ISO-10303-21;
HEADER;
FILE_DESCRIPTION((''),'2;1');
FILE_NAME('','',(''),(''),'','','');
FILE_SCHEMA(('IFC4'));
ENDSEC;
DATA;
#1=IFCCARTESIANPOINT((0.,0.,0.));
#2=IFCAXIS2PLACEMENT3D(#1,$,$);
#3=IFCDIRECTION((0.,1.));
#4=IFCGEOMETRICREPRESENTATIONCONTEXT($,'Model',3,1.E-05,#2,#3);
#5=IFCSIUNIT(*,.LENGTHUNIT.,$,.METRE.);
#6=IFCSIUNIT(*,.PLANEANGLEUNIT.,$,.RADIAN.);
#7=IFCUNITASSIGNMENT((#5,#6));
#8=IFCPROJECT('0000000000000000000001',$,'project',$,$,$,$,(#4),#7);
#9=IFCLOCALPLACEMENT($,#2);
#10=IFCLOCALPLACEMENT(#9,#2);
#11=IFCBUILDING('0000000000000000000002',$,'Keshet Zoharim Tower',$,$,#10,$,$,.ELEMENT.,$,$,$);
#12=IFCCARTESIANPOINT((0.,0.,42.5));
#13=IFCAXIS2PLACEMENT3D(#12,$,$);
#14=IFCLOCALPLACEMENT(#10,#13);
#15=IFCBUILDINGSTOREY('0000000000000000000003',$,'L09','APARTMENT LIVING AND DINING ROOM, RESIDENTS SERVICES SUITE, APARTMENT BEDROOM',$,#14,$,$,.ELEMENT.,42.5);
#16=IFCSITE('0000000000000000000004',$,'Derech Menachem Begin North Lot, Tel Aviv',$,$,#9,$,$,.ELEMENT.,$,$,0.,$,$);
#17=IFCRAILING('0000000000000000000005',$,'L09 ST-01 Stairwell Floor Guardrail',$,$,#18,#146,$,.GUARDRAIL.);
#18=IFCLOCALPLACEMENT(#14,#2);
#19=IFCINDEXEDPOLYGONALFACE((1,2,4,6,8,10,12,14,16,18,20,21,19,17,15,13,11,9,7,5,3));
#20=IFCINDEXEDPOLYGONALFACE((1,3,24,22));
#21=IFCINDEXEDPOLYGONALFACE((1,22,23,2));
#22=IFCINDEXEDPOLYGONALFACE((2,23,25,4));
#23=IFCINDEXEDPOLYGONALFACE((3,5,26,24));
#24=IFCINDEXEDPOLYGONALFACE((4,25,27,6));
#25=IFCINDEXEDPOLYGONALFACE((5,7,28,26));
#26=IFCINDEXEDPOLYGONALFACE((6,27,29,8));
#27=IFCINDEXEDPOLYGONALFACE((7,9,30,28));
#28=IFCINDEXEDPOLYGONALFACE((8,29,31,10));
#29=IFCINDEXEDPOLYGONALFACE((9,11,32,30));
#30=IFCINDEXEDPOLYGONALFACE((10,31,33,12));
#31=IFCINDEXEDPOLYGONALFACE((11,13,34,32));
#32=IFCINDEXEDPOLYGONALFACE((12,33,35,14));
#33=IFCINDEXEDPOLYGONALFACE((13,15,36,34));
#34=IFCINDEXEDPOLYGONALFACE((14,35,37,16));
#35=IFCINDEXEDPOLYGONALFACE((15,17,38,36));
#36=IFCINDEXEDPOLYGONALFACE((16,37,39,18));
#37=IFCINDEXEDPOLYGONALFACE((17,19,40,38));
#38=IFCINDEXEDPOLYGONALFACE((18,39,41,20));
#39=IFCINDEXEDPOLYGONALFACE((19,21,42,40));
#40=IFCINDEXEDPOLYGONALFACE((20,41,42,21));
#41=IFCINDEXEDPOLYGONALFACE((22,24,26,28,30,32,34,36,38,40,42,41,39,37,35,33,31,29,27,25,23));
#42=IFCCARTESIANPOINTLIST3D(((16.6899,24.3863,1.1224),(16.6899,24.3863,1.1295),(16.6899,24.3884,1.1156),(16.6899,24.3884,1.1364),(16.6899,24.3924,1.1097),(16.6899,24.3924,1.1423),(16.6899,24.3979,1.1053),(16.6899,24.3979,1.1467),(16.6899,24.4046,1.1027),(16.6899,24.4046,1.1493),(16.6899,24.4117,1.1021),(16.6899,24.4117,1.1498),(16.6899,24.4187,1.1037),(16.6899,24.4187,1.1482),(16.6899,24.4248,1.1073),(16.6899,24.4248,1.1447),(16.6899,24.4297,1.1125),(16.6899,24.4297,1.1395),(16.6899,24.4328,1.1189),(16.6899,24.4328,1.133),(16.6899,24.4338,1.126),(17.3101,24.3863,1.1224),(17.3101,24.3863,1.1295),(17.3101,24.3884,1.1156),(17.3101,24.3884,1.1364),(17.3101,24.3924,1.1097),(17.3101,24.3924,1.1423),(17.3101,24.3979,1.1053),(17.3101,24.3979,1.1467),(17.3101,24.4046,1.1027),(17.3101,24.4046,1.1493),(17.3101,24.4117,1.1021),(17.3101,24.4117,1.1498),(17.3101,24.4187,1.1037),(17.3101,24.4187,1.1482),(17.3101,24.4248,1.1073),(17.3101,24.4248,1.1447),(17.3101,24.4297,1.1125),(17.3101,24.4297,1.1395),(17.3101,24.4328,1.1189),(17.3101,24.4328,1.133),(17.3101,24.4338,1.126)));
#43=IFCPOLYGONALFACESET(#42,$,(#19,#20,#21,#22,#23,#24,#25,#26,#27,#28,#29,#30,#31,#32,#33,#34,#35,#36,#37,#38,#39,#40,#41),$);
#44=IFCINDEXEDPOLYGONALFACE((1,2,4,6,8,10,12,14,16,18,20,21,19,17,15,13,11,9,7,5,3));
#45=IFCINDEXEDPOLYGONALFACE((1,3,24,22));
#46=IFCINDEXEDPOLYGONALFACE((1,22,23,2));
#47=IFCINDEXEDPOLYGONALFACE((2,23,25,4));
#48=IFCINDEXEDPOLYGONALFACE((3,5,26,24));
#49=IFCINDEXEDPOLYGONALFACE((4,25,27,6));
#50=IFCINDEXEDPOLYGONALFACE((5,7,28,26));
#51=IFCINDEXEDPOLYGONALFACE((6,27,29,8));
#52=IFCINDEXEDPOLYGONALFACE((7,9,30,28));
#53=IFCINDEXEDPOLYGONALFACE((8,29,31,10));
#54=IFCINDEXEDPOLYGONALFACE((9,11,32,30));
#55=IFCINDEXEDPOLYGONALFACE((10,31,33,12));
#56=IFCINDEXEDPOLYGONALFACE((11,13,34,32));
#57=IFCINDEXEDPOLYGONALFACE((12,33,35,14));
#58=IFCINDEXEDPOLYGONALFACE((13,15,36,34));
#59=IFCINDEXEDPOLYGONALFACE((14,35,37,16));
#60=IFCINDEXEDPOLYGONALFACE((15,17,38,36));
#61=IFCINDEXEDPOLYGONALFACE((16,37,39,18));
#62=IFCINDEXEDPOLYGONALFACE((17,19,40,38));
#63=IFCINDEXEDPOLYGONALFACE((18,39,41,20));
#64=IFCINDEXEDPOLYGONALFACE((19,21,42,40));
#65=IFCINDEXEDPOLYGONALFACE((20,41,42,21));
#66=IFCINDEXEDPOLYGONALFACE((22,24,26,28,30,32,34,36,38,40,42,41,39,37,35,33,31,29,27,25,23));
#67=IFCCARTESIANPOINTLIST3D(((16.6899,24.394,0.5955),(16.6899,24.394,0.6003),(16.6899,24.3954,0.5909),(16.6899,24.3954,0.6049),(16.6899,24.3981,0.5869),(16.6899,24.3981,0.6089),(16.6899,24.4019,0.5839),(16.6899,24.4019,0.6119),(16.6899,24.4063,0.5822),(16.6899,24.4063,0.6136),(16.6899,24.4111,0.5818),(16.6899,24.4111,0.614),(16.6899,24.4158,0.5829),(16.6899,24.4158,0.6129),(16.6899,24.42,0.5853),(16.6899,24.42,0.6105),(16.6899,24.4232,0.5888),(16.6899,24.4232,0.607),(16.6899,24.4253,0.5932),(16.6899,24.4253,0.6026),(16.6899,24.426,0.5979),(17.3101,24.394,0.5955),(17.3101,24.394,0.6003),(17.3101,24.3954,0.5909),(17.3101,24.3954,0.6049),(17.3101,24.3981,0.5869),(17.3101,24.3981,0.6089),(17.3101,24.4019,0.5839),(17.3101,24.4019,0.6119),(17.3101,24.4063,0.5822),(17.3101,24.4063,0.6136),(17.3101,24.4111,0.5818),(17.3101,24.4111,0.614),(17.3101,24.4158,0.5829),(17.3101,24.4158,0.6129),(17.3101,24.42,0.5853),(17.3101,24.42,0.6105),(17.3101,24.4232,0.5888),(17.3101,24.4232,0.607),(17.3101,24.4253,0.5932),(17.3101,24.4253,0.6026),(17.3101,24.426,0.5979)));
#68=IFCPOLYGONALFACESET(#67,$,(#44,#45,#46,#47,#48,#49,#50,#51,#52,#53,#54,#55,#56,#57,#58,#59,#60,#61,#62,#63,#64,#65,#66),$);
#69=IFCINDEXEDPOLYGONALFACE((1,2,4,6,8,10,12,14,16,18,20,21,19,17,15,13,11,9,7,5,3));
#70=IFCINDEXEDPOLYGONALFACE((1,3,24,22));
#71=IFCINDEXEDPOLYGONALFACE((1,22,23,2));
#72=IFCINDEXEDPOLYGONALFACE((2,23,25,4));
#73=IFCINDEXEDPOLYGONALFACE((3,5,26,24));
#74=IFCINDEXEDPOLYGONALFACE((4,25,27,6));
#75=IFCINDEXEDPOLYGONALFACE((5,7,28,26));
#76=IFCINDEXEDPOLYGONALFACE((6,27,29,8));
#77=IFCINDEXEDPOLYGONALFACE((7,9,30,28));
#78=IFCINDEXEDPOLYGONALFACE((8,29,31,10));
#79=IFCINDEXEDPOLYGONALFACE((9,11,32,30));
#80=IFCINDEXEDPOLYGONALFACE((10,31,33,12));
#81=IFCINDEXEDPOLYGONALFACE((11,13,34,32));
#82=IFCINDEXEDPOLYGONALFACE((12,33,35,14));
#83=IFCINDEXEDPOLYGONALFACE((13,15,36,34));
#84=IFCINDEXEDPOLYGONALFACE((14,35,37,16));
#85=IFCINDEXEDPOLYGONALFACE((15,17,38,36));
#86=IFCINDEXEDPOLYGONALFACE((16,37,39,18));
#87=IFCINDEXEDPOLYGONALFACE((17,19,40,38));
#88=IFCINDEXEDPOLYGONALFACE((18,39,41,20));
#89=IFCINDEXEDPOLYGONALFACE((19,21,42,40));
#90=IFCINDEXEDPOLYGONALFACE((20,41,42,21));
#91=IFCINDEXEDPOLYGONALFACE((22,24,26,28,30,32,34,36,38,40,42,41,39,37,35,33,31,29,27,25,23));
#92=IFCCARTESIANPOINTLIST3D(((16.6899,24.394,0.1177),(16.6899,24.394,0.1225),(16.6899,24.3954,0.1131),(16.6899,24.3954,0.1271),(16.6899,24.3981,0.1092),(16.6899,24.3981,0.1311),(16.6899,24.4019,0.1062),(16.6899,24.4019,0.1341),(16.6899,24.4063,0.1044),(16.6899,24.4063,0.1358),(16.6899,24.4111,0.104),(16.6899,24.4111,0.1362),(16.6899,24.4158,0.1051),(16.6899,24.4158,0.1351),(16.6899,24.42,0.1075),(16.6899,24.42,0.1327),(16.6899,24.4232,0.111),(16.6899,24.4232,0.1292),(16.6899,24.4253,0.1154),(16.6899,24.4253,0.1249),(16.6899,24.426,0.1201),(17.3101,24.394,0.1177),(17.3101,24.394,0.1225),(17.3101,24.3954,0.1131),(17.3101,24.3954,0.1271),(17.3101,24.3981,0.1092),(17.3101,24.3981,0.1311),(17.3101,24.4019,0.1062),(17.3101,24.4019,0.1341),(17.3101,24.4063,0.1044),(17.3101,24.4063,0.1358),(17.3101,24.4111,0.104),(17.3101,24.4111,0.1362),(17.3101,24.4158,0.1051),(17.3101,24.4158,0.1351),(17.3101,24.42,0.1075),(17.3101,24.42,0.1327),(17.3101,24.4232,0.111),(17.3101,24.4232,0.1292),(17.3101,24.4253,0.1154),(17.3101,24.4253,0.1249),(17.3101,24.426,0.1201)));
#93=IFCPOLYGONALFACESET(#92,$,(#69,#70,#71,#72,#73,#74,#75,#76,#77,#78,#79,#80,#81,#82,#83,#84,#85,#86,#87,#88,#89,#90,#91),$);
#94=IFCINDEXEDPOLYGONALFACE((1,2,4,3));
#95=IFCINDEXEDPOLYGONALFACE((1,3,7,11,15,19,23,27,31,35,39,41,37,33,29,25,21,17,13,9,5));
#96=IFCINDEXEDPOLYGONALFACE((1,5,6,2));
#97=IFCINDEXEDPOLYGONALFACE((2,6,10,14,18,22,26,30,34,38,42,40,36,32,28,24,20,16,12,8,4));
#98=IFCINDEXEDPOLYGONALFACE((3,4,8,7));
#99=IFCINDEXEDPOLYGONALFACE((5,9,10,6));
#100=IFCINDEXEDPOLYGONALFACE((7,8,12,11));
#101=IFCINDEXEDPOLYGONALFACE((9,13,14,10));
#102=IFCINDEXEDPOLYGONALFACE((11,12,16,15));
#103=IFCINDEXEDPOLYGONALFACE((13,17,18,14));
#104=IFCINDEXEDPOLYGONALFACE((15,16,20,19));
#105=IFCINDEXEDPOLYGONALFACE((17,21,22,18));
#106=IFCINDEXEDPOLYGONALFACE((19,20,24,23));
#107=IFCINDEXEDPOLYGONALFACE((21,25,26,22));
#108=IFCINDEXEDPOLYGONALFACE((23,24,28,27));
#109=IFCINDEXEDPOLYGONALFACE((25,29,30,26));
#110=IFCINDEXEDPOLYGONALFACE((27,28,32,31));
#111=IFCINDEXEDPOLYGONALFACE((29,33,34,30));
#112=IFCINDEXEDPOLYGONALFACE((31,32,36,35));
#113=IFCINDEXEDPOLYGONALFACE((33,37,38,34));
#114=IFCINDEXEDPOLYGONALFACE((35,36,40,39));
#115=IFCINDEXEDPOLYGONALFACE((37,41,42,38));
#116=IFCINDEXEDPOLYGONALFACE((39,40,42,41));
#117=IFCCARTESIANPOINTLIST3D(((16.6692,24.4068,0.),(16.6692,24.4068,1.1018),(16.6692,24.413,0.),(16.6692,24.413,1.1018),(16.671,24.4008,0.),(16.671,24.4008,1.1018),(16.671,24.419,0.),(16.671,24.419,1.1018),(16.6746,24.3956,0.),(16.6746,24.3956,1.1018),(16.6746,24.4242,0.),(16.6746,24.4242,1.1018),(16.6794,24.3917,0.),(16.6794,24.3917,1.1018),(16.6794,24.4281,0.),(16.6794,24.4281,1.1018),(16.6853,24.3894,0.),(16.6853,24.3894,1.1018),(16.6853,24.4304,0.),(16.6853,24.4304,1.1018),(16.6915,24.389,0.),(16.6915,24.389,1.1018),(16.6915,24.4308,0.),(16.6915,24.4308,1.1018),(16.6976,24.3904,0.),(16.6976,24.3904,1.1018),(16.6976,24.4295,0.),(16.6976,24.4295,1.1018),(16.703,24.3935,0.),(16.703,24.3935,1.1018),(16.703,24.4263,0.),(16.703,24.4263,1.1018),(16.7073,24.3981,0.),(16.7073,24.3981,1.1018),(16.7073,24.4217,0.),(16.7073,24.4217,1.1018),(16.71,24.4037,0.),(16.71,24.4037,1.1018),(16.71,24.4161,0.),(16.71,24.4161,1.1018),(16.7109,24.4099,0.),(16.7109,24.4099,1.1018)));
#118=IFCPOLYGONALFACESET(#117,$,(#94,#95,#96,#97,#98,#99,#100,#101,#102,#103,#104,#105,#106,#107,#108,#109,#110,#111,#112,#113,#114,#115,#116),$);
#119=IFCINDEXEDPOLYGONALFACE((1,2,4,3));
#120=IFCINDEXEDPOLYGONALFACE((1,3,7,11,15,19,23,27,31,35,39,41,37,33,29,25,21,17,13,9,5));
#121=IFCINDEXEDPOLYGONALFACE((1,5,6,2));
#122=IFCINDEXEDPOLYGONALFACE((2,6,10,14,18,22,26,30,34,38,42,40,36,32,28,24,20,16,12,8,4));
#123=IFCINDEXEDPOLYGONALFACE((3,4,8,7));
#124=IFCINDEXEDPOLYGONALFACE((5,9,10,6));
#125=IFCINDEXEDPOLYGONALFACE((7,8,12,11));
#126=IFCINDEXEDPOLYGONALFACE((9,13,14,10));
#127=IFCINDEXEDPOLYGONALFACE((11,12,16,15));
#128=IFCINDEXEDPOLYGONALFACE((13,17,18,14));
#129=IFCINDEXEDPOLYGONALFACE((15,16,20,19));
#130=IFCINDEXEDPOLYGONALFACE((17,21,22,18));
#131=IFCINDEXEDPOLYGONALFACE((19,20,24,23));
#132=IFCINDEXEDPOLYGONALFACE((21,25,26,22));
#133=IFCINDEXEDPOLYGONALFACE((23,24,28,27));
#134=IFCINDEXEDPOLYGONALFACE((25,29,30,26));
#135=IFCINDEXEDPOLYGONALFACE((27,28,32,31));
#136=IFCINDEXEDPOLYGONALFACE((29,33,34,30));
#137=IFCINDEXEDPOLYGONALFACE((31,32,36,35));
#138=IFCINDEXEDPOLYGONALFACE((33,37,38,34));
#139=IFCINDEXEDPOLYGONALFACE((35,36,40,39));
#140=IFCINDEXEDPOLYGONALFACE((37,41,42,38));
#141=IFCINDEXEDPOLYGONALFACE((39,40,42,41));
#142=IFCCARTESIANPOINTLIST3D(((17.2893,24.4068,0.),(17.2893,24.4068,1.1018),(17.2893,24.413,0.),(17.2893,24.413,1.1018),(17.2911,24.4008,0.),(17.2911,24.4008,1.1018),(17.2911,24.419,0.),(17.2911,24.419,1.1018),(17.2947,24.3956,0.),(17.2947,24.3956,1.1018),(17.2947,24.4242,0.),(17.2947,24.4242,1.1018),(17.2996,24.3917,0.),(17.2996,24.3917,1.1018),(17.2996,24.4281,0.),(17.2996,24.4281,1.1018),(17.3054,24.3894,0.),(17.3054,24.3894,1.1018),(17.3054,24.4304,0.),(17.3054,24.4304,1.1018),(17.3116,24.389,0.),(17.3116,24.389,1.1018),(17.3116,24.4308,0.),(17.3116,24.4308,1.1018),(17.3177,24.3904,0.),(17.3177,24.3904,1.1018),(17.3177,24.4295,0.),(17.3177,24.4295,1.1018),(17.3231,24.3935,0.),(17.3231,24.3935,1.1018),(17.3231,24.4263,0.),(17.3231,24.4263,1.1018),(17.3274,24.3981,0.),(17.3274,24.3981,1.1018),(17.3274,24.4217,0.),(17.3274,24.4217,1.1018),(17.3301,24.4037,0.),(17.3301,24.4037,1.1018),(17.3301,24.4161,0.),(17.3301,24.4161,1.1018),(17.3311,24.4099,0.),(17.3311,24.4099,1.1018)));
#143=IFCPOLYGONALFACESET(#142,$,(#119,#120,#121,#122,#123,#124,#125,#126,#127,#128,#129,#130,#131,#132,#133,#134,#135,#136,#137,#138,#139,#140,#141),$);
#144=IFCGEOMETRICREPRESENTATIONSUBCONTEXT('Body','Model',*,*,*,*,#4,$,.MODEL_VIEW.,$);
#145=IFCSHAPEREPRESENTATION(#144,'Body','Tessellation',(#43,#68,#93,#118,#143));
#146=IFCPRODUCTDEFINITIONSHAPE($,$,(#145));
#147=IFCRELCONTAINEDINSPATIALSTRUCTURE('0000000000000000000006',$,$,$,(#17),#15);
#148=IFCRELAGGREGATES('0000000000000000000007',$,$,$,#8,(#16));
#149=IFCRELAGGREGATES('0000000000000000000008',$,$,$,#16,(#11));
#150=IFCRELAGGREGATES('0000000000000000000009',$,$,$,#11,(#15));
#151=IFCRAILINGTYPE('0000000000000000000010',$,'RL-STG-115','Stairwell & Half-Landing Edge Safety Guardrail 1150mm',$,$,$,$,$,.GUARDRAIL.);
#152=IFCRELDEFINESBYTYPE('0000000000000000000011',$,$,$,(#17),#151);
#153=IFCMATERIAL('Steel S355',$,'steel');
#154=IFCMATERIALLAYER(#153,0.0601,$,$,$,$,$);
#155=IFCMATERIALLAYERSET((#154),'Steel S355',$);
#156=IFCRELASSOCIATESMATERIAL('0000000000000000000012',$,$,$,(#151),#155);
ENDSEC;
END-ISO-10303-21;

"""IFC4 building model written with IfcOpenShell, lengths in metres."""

from ifc_helpers import new_model, si_unit, direction, frame, origin, origin_2d, place, context, subcontext, project, spatial, circle, extrude, material, layer, layer_set, type_object, element, save


model = new_model("IFC4")

# Units and contexts
model_context = context("Model", 3, precision=1e-05, world=origin(), true_north=direction((0.0, 1.0)))
body_context = subcontext(model_context, "Body", "Model", "MODEL_VIEW")
ifc_project = project(units=[si_unit("LENGTHUNIT", "METRE"), si_unit("PLANEANGLEUNIT", "RADIAN")], contexts=[model_context])

# Site, building, storey
site_placement = place(None, origin())
site = spatial("IfcSite", under=ifc_project, at=site_placement, Name="Derech Menachem Begin North Lot, Tel Aviv", CompositionType="ELEMENT", RefElevation=0.0)
building_placement = place(site_placement, origin())
building = spatial("IfcBuilding", under=site, at=building_placement, Name="Keshet Zoharim Tower", CompositionType="ELEMENT")
storey_placement = place(building_placement, frame((0.0, 0.0, 42.5)))
storey = spatial("IfcBuildingStorey", under=building, at=storey_placement, Name="L09", Description="APARTMENT LIVING AND DINING ROOM, RESIDENTS SERVICES SUITE, APARTMENT BEDROOM", CompositionType="ELEMENT", Elevation=42.5)

# Railing
ifc_material_1 = material(Name="Steel S355", Category="steel")
ifc_layer_1 = layer(ifc_material_1, 0.0601)
ifc_layer_set_1 = layer_set([ifc_layer_1], Name="Steel S355")
railing_type_1 = type_object("IfcRailingType", Name="RL-STG-115", Description="Stairwell & Half-Landing Edge Safety Guardrail 1150mm", PredefinedType="GUARDRAIL", material=ifc_layer_set_1)
railing_1_placement = place(storey_placement, frame((16.6899, 24.4099, 0.0)))
element("IfcRailing", 1, at=railing_1_placement, inside=storey, type_object=railing_type_1, Name="L09 ST-01 Stairwell Floor Guardrail", PredefinedType="GUARDRAIL", context=body_context, shape_type="SweptSolid", body=[
    extrude(circle(Radius=0.0239, at=origin_2d()), frame((0.0, 0.0, 1.126), z_axis=(1.0, 0.0, 0.0), x_axis=(0.0, 1.0, 0.0)), (0.0, 0.0, 1.0), 0.6201),
    extrude(circle(Radius=0.0161, at=origin_2d()), frame((0.0, 0.0, 0.5979), z_axis=(1.0, 0.0, 0.0), x_axis=(0.0, 1.0, 0.0)), (0.0, 0.0, 1.0), 0.6201),
    extrude(circle(Radius=0.0161, at=origin_2d()), frame((0.0, 0.0, 0.1201), z_axis=(1.0, 0.0, 0.0), x_axis=(0.0, 1.0, 0.0)), (0.0, 0.0, 1.0), 0.6201),
    extrude(circle(Radius=0.021, at=origin_2d()), origin(), (0.0, 0.0, 1.0), 1.1018),
    extrude(circle(Radius=0.021, at=origin_2d()), frame((0.6201, 0.0, 0.0)), (0.0, 0.0, 1.0), 1.1018),
])

save(model, "model.ifc")
